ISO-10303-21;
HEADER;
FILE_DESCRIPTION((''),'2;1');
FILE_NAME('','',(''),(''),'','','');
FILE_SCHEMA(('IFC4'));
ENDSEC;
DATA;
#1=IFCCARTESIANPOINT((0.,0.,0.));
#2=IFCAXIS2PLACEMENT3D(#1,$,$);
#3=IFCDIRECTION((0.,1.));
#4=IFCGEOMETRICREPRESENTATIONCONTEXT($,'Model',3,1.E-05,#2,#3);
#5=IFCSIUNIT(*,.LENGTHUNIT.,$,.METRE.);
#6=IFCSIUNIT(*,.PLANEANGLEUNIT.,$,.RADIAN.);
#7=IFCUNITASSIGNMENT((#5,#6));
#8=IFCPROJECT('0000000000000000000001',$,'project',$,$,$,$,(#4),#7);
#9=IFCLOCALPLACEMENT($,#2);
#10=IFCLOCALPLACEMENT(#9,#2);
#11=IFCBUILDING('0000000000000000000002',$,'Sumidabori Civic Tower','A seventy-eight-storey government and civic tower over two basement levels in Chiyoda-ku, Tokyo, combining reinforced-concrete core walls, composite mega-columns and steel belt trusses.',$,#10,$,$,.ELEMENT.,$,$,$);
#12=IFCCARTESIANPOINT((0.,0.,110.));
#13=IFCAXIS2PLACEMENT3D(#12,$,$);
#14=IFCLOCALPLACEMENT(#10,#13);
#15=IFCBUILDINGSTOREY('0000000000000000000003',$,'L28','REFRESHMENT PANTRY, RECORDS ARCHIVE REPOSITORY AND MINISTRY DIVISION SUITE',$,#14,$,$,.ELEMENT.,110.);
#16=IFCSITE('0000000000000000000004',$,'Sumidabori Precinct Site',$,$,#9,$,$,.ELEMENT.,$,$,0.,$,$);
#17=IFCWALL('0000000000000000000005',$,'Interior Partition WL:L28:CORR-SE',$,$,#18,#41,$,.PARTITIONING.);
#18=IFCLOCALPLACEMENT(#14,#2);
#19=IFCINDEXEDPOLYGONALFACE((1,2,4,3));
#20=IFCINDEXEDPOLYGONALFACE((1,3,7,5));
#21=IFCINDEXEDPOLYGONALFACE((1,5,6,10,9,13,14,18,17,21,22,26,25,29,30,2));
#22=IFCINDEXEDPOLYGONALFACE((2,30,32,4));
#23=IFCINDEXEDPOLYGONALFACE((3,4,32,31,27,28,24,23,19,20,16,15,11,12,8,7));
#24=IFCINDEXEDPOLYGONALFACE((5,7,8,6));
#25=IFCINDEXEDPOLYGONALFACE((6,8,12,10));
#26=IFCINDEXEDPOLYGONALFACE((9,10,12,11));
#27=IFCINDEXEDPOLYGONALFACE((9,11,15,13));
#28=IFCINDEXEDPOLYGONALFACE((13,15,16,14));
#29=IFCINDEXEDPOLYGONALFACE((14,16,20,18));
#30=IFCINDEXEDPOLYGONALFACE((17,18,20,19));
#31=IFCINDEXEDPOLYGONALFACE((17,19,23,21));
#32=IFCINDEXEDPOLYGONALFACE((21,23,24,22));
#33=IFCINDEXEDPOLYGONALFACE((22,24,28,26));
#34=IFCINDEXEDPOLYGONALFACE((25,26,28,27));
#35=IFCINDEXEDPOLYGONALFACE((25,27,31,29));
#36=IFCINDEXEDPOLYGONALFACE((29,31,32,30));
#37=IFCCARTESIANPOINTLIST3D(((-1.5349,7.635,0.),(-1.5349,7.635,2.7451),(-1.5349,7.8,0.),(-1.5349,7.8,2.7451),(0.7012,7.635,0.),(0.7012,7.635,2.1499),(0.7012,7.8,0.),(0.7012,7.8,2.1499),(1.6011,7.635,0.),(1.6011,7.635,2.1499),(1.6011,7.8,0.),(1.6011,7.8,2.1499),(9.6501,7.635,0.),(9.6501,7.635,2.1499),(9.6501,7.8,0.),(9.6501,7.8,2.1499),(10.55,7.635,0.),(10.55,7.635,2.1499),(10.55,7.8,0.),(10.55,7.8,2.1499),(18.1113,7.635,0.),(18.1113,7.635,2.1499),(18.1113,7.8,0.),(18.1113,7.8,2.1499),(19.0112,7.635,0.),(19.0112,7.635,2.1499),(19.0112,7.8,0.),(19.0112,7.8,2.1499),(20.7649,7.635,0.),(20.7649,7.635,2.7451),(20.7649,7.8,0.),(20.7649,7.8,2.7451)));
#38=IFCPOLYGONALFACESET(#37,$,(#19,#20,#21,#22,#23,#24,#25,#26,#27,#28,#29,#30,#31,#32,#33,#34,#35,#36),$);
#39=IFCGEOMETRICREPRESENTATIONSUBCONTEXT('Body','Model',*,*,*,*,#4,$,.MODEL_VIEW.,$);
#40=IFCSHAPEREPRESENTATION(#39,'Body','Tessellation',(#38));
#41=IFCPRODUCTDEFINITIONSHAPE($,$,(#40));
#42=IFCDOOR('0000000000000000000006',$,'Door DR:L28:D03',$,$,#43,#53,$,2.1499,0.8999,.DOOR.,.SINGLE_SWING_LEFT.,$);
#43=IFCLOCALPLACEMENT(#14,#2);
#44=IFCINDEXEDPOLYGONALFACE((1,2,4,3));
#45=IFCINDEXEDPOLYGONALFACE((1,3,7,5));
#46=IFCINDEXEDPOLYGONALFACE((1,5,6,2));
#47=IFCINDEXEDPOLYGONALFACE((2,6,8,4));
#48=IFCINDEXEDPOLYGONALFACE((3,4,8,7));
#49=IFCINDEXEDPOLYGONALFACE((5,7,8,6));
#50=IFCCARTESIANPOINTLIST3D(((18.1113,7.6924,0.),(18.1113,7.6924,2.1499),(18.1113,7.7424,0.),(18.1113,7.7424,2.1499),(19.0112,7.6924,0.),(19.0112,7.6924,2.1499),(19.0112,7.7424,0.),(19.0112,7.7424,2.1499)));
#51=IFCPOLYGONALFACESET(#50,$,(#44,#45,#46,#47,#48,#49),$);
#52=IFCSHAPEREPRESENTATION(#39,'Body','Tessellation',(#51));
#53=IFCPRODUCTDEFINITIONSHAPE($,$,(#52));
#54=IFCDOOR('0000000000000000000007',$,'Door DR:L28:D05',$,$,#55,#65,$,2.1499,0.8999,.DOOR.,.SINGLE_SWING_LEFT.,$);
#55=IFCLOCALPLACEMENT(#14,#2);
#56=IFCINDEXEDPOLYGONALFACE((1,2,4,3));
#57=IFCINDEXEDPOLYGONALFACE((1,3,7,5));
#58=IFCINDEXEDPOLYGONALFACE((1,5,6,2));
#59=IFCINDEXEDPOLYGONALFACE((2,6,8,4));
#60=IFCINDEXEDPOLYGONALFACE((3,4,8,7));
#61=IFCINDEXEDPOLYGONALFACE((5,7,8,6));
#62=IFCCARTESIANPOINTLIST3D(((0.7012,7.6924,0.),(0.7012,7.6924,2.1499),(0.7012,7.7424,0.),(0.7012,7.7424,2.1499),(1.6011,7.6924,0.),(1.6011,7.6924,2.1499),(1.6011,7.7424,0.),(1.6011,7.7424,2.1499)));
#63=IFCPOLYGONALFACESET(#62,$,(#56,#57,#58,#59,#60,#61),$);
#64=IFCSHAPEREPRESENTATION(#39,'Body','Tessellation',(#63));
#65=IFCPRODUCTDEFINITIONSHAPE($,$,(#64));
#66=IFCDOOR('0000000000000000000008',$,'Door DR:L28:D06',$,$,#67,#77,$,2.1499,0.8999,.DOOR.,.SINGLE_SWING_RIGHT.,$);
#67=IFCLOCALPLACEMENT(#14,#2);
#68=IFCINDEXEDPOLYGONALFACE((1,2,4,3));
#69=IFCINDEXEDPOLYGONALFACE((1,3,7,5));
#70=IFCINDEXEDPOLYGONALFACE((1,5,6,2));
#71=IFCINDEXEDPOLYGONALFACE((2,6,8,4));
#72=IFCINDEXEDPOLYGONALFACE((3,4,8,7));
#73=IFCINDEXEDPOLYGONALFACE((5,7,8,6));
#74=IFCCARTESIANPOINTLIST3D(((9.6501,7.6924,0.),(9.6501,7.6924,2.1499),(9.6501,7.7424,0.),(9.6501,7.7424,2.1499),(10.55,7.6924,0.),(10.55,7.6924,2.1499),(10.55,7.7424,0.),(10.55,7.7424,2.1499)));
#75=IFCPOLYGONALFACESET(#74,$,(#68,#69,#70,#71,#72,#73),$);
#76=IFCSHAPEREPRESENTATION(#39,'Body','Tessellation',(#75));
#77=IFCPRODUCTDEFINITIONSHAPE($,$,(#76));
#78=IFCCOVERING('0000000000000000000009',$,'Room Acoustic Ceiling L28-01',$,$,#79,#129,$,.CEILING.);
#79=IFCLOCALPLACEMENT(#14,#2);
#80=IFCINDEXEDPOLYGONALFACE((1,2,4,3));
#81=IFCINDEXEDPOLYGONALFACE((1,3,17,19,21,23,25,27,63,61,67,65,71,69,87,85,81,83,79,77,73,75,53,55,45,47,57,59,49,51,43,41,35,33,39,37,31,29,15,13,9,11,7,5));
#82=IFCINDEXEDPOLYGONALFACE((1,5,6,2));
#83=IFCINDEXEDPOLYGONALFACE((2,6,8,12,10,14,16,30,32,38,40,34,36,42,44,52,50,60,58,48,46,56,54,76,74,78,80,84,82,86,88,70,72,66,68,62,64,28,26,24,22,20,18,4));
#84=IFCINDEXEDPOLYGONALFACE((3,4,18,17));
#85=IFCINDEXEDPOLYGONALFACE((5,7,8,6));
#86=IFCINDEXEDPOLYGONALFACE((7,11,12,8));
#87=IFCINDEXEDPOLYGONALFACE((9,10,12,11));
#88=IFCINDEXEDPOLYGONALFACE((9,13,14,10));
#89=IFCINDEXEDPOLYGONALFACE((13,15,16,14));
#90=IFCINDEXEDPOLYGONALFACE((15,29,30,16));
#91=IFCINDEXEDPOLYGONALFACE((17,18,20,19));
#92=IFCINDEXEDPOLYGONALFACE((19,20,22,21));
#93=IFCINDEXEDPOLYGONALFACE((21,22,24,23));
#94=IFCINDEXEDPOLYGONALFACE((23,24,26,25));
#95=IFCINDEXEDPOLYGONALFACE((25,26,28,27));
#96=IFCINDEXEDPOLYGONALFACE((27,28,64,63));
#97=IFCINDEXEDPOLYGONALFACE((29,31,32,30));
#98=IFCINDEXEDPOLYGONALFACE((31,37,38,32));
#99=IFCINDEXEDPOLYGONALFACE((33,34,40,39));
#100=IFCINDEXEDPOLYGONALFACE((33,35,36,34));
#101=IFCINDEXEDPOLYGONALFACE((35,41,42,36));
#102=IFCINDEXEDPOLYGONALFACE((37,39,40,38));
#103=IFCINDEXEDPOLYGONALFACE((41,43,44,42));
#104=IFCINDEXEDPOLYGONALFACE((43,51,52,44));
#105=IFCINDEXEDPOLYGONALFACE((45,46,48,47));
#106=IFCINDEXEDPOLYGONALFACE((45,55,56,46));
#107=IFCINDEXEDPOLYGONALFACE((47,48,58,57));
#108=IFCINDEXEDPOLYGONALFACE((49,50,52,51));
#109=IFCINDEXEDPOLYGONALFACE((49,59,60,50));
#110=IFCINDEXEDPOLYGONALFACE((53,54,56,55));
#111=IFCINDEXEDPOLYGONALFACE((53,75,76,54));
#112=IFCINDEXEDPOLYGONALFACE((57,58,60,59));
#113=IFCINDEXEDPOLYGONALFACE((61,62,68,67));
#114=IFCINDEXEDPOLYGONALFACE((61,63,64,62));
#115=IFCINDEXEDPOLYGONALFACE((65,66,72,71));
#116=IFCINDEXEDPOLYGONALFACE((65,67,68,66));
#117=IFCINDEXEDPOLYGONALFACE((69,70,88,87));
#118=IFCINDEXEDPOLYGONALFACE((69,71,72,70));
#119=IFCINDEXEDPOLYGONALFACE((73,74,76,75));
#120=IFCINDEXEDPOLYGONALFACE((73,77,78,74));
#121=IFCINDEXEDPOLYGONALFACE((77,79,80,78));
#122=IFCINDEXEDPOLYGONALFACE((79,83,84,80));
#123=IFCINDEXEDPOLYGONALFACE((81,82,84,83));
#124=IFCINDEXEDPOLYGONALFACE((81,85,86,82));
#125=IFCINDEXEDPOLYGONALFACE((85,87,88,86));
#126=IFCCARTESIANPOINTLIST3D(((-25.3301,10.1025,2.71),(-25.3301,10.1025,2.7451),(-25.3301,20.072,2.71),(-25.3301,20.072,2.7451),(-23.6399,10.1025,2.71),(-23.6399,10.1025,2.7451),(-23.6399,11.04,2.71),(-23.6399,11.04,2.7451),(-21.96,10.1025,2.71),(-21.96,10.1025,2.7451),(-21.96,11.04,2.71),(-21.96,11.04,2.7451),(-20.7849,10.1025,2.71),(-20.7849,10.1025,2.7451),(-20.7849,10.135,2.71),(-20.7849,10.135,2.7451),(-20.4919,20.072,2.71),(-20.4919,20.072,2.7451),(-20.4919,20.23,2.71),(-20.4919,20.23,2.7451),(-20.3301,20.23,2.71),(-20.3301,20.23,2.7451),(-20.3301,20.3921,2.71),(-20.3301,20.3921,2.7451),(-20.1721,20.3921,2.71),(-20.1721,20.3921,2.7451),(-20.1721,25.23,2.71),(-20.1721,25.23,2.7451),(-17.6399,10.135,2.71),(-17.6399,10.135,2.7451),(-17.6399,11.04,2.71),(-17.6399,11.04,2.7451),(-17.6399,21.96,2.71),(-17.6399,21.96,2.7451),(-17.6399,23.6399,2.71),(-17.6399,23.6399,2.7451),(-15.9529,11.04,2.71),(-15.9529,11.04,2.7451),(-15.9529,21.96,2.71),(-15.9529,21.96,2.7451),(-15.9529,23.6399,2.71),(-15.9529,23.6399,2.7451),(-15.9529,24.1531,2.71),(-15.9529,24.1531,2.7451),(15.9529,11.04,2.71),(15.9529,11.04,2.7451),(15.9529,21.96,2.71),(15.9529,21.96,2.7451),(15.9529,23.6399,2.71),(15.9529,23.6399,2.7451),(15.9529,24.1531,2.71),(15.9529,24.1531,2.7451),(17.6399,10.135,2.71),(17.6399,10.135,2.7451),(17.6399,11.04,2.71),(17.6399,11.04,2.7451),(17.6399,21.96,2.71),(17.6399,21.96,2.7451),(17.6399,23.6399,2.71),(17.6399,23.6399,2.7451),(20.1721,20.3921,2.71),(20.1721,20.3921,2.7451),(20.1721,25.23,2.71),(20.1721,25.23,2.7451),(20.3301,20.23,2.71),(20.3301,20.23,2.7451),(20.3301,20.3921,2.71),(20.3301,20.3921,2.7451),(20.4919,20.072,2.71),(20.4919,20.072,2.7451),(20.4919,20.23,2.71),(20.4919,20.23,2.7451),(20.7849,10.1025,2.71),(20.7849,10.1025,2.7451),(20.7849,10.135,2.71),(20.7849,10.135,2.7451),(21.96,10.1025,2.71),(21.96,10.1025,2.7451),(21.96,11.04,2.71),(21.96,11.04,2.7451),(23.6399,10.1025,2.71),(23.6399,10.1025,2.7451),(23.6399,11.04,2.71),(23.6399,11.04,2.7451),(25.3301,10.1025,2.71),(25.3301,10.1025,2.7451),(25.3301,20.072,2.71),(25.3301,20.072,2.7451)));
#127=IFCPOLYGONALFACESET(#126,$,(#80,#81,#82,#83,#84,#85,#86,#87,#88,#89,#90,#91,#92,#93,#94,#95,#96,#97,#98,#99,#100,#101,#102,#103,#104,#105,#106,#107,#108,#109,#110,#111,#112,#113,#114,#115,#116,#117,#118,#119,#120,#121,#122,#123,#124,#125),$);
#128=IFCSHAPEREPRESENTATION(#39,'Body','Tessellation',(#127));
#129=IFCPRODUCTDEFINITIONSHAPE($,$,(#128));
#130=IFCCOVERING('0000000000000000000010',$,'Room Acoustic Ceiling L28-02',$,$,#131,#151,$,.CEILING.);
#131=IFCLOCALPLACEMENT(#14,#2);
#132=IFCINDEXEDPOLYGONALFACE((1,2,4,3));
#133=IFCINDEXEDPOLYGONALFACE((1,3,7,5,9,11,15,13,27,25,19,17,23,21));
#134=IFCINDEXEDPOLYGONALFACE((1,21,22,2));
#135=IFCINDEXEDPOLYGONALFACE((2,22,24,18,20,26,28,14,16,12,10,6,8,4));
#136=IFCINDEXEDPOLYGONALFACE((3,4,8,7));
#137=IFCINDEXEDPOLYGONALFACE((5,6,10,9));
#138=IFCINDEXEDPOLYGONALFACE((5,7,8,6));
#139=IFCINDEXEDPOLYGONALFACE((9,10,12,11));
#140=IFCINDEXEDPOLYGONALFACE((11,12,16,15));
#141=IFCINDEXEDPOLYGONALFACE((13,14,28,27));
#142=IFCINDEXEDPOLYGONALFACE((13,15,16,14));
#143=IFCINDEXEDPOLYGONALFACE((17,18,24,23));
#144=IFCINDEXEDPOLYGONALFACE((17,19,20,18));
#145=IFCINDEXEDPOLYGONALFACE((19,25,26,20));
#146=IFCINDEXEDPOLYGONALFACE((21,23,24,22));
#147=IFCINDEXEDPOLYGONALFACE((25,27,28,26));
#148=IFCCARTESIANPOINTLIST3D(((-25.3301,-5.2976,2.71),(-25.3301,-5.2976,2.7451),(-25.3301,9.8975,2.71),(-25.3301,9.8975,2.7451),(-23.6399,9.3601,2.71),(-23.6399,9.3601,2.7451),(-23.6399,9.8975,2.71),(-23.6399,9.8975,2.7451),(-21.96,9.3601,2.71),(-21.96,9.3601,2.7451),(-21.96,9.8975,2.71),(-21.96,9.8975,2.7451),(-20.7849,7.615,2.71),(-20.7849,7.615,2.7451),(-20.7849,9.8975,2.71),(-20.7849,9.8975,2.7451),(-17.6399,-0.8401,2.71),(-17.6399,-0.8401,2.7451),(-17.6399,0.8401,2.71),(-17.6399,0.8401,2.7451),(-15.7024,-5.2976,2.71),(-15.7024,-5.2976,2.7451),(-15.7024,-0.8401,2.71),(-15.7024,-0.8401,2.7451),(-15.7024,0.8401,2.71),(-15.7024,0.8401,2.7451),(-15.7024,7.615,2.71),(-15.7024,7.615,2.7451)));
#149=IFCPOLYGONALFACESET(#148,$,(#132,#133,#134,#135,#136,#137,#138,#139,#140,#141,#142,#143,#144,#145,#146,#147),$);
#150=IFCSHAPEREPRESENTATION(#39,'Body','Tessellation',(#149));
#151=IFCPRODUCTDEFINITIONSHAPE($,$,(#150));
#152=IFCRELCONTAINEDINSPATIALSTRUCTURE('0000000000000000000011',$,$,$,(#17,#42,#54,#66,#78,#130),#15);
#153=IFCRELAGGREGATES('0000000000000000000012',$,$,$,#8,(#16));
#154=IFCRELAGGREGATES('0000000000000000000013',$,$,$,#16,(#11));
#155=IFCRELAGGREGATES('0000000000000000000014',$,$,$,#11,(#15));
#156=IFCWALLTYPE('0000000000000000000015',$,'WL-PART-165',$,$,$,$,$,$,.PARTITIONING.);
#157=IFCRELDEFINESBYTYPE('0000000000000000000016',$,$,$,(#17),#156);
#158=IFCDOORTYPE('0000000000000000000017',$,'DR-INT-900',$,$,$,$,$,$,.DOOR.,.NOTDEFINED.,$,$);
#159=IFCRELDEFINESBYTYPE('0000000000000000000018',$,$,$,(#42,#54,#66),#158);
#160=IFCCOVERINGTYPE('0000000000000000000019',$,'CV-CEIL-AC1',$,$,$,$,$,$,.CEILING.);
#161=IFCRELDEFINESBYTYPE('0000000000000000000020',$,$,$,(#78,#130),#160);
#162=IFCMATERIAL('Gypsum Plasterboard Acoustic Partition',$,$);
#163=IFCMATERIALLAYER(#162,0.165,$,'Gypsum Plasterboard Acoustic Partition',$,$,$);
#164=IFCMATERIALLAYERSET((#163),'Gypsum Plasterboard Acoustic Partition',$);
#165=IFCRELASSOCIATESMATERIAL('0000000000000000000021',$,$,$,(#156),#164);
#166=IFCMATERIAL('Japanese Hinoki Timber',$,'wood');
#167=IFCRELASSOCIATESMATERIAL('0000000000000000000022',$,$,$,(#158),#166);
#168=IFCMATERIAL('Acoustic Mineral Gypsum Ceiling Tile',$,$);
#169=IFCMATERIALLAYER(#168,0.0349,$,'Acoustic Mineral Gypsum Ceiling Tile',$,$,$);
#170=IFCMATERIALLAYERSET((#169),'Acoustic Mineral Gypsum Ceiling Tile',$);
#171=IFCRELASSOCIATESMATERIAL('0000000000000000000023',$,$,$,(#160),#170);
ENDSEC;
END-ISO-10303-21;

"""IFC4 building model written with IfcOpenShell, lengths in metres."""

from ifc_helpers import new_model, si_unit, direction, frame, frame_2d, origin, place, context, subcontext, project, spatial, polyline, rectangle, outline, extrude, source, transform, mapped, material, layer, layer_set, type_object, element, fill, save


model = new_model("IFC4")

# Units and contexts
model_context = context("Model", 3, precision=1e-05, world=origin(), true_north=direction((0.0, 1.0)))
body_context = subcontext(model_context, "Body", "Model", "MODEL_VIEW")
ifc_project = project(units=[si_unit("LENGTHUNIT", "METRE"), si_unit("PLANEANGLEUNIT", "RADIAN")], contexts=[model_context])

# Site, building, storey
site_placement = place(None, origin())
site = spatial("IfcSite", under=ifc_project, at=site_placement, Name="Sumidabori Precinct Site", CompositionType="ELEMENT", RefElevation=0.0)
building_placement = place(site_placement, origin())
building = spatial("IfcBuilding", under=site, at=building_placement, Name="Sumidabori Civic Tower", Description="A seventy-eight-storey government and civic tower over two basement levels in Chiyoda-ku, Tokyo, combining reinforced-concrete core walls, composite mega-columns and steel belt trusses.", CompositionType="ELEMENT")
storey_placement = place(building_placement, frame((0.0, 0.0, 110.0)))
storey = spatial("IfcBuildingStorey", under=building, at=storey_placement, Name="L28", Description="REFRESHMENT PANTRY, RECORDS ARCHIVE REPOSITORY AND MINISTRY DIVISION SUITE", CompositionType="ELEMENT", Elevation=110.0)

# Shared definitions
ifc_material_1 = material(Name="Japanese Hinoki Timber", Category="wood")

# Wall, openings, doors
ifc_material_2 = material(Name="Gypsum Plasterboard Acoustic Partition")
ifc_layer_1 = layer(ifc_material_2, 0.165, Name="Gypsum Plasterboard Acoustic Partition")
ifc_layer_set_1 = layer_set([ifc_layer_1], Name="Gypsum Plasterboard Acoustic Partition")
wall_type_1 = type_object("IfcWallType", Name="WL-PART-165", PredefinedType="PARTITIONING", material=ifc_layer_set_1)
shared_shape_1 = source(origin(), body_context, "Body", "SweptSolid", [
    extrude(rectangle(XDim=22.2998, YDim=0.165, at=frame_2d((11.1499, 0.0))), origin(), (0.0, 0.0, 1.0), 2.7451),
])
wall_1_placement = place(storey_placement, frame((-1.5349, 7.7175, 0.0), z_axis=(0.0, 0.0, 1.0), x_axis=(1.0, 0.0, 0.0)))
wall_1 = element("IfcWall", 1, at=wall_1_placement, inside=storey, type_object=wall_type_1, Name="Interior Partition WL:L28:CORR-SE", PredefinedType="PARTITIONING", context=body_context, shape_type="MappedRepresentation", body=[
    mapped(shared_shape_1, transform((0.0, 0.0, 0.0), x_axis=(1.0, 0.0, 0.0), y_axis=(0.0, 1.0, 0.0), z_axis=(0.0, 0.0, 1.0), scale=1.0)),
])
opening_1_placement = place(wall_1_placement, frame((19.6462, 0.0, 0.0)))
opening_1 = element("IfcOpeningElement", 2, at=opening_1_placement, cuts=wall_1, PredefinedType="OPENING", context=body_context, shape_type="SweptSolid", body=[
    extrude(rectangle(XDim=0.8999, YDim=2.1499, at=frame_2d((0.45, 1.075))), frame((0.0, 0.0945, 0.0), z_axis=(0.0, -1.0, 0.0), x_axis=(1.0, 0.0, 0.0)), (0.0, 0.0, 1.0), 0.189),
])
opening_2_placement = place(wall_1_placement, frame((2.2361, 0.0, 0.0)))
opening_2 = element("IfcOpeningElement", 3, at=opening_2_placement, cuts=wall_1, PredefinedType="OPENING", context=body_context, shape_type="SweptSolid", body=[
    extrude(rectangle(XDim=0.8999, YDim=2.1499, at=frame_2d((0.45, 1.075))), frame((0.0, 0.0945, 0.0), z_axis=(0.0, -1.0, 0.0), x_axis=(1.0, 0.0, 0.0)), (0.0, 0.0, 1.0), 0.189),
])
opening_3_placement = place(wall_1_placement, frame((11.1851, 0.0, 0.0)))
opening_3 = element("IfcOpeningElement", 4, at=opening_3_placement, cuts=wall_1, PredefinedType="OPENING", context=body_context, shape_type="SweptSolid", body=[
    extrude(rectangle(XDim=0.8999, YDim=2.1499, at=frame_2d((0.45, 1.075))), frame((0.0, 0.0945, 0.0), z_axis=(0.0, -1.0, 0.0), x_axis=(1.0, 0.0, 0.0)), (0.0, 0.0, 1.0), 0.189),
])
door_type_1 = type_object("IfcDoorType", Name="DR-INT-900", OperationType="NOTDEFINED", PredefinedType="DOOR", material=ifc_material_1)
shared_shape_2 = source(origin(), body_context, "Body", "SweptSolid", [
    extrude(rectangle(XDim=0.8999, YDim=2.1499, at=frame_2d((0.45, 1.075))), frame((0.0, 0.0249, 0.0), z_axis=(0.0, -1.0, 0.0), x_axis=(1.0, 0.0, 0.0)), (0.0, 0.0, 1.0), 0.05),
])
door_1_placement = place(opening_1_placement, origin())
door_1 = element("IfcDoor", 5, at=door_1_placement, inside=storey, type_object=door_type_1, Name="Door DR:L28:D03", OperationType="SINGLE_SWING_LEFT", OverallHeight=2.1499, OverallWidth=0.8999, PredefinedType="DOOR", context=body_context, shape_type="MappedRepresentation", body=[
    mapped(shared_shape_2, transform((0.0, 0.0, 0.0), x_axis=(1.0, 0.0, 0.0), y_axis=(0.0, 1.0, 0.0), z_axis=(0.0, 0.0, 1.0), scale=1.0)),
])
fill(opening_1, door_1)
door_2_placement = place(opening_2_placement, origin())
door_2 = element("IfcDoor", 6, at=door_2_placement, inside=storey, type_object=door_type_1, Name="Door DR:L28:D05", OperationType="SINGLE_SWING_LEFT", OverallHeight=2.1499, OverallWidth=0.8999, PredefinedType="DOOR", context=body_context, shape_type="MappedRepresentation", body=[
    mapped(shared_shape_2, transform((0.0, 0.0, 0.0), x_axis=(1.0, 0.0, 0.0), y_axis=(0.0, 1.0, 0.0), z_axis=(0.0, 0.0, 1.0), scale=1.0)),
])
fill(opening_2, door_2)
door_3_placement = place(opening_3_placement, origin())
door_3 = element("IfcDoor", 7, at=door_3_placement, inside=storey, type_object=door_type_1, Name="Door DR:L28:D06", OperationType="SINGLE_SWING_RIGHT", OverallHeight=2.1499, OverallWidth=0.8999, PredefinedType="DOOR", context=body_context, shape_type="MappedRepresentation", body=[
    mapped(shared_shape_2, transform((0.0, 0.0, 0.0), x_axis=(1.0, 0.0, 0.0), y_axis=(0.0, 1.0, 0.0), z_axis=(0.0, 0.0, 1.0), scale=1.0)),
])
fill(opening_3, door_3)

# Coverings
ifc_material_3 = material(Name="Acoustic Mineral Gypsum Ceiling Tile")
ifc_layer_2 = layer(ifc_material_3, 0.0349, Name="Acoustic Mineral Gypsum Ceiling Tile")
ifc_layer_set_2 = layer_set([ifc_layer_2], Name="Acoustic Mineral Gypsum Ceiling Tile")
covering_type_1 = type_object("IfcCoveringType", Name="CV-CEIL-AC1", PredefinedType="CEILING", material=ifc_layer_set_2)
covering_1_placement = place(storey_placement, frame((0.0, 0.0, 2.71)))
element("IfcCovering", 8, at=covering_1_placement, inside=storey, type_object=covering_type_1, Name="Room Acoustic Ceiling L28-01", PredefinedType="CEILING", context=body_context, shape_type="SweptSolid", body=[
    extrude(outline(polyline([(-21.96, 10.1025), (-21.96, 11.04), (-23.6399, 11.04), (-23.6399, 10.1025), (-25.3301, 10.1025), (-25.3301, 20.072), (-20.4919, 20.072), (-20.4919, 20.23), (-20.3301, 20.23), (-20.3301, 20.3921), (-20.1721, 20.3921), (-20.1721, 25.23), (20.1721, 25.23), (20.1721, 20.3921), (20.3301, 20.3921), (20.3301, 20.23), (20.4919, 20.23), (20.4919, 20.072), (25.3301, 20.072), (25.3301, 10.1025), (23.6399, 10.1025), (23.6399, 11.04), (21.96, 11.04), (21.96, 10.1025), (20.7849, 10.1025), (20.7849, 10.135), (17.6399, 10.135), (17.6399, 11.04), (15.9529, 11.04), (15.9529, 21.96), (17.6399, 21.96), (17.6399, 23.6399), (15.9529, 23.6399), (15.9529, 24.1531), (-15.9529, 24.1531), (-15.9529, 23.6399), (-17.6399, 23.6399), (-17.6399, 21.96), (-15.9529, 21.96), (-15.9529, 11.04), (-17.6399, 11.04), (-17.6399, 10.135), (-20.7849, 10.135), (-20.7849, 10.1025), (-21.96, 10.1025)])), origin(), (0.0, 0.0, 1.0), 0.0352),
])
covering_2_placement = place(storey_placement, frame((0.0, 0.0, 2.71)))
element("IfcCovering", 9, at=covering_2_placement, inside=storey, type_object=covering_type_1, Name="Room Acoustic Ceiling L28-02", PredefinedType="CEILING", context=body_context, shape_type="SweptSolid", body=[
    extrude(outline(polyline([(-20.7849, 7.615), (-15.7024, 7.615), (-15.7024, 0.8401), (-17.6399, 0.8401), (-17.6399, -0.8401), (-15.7024, -0.8401), (-15.7024, -5.2976), (-25.3301, -5.2976), (-25.3301, 9.8975), (-23.6399, 9.8975), (-23.6399, 9.3601), (-21.96, 9.3601), (-21.96, 9.8975), (-20.7849, 9.8975), (-20.7849, 7.615)])), origin(), (0.0, 0.0, 1.0), 0.0352),
])

save(model, "model.ifc")
